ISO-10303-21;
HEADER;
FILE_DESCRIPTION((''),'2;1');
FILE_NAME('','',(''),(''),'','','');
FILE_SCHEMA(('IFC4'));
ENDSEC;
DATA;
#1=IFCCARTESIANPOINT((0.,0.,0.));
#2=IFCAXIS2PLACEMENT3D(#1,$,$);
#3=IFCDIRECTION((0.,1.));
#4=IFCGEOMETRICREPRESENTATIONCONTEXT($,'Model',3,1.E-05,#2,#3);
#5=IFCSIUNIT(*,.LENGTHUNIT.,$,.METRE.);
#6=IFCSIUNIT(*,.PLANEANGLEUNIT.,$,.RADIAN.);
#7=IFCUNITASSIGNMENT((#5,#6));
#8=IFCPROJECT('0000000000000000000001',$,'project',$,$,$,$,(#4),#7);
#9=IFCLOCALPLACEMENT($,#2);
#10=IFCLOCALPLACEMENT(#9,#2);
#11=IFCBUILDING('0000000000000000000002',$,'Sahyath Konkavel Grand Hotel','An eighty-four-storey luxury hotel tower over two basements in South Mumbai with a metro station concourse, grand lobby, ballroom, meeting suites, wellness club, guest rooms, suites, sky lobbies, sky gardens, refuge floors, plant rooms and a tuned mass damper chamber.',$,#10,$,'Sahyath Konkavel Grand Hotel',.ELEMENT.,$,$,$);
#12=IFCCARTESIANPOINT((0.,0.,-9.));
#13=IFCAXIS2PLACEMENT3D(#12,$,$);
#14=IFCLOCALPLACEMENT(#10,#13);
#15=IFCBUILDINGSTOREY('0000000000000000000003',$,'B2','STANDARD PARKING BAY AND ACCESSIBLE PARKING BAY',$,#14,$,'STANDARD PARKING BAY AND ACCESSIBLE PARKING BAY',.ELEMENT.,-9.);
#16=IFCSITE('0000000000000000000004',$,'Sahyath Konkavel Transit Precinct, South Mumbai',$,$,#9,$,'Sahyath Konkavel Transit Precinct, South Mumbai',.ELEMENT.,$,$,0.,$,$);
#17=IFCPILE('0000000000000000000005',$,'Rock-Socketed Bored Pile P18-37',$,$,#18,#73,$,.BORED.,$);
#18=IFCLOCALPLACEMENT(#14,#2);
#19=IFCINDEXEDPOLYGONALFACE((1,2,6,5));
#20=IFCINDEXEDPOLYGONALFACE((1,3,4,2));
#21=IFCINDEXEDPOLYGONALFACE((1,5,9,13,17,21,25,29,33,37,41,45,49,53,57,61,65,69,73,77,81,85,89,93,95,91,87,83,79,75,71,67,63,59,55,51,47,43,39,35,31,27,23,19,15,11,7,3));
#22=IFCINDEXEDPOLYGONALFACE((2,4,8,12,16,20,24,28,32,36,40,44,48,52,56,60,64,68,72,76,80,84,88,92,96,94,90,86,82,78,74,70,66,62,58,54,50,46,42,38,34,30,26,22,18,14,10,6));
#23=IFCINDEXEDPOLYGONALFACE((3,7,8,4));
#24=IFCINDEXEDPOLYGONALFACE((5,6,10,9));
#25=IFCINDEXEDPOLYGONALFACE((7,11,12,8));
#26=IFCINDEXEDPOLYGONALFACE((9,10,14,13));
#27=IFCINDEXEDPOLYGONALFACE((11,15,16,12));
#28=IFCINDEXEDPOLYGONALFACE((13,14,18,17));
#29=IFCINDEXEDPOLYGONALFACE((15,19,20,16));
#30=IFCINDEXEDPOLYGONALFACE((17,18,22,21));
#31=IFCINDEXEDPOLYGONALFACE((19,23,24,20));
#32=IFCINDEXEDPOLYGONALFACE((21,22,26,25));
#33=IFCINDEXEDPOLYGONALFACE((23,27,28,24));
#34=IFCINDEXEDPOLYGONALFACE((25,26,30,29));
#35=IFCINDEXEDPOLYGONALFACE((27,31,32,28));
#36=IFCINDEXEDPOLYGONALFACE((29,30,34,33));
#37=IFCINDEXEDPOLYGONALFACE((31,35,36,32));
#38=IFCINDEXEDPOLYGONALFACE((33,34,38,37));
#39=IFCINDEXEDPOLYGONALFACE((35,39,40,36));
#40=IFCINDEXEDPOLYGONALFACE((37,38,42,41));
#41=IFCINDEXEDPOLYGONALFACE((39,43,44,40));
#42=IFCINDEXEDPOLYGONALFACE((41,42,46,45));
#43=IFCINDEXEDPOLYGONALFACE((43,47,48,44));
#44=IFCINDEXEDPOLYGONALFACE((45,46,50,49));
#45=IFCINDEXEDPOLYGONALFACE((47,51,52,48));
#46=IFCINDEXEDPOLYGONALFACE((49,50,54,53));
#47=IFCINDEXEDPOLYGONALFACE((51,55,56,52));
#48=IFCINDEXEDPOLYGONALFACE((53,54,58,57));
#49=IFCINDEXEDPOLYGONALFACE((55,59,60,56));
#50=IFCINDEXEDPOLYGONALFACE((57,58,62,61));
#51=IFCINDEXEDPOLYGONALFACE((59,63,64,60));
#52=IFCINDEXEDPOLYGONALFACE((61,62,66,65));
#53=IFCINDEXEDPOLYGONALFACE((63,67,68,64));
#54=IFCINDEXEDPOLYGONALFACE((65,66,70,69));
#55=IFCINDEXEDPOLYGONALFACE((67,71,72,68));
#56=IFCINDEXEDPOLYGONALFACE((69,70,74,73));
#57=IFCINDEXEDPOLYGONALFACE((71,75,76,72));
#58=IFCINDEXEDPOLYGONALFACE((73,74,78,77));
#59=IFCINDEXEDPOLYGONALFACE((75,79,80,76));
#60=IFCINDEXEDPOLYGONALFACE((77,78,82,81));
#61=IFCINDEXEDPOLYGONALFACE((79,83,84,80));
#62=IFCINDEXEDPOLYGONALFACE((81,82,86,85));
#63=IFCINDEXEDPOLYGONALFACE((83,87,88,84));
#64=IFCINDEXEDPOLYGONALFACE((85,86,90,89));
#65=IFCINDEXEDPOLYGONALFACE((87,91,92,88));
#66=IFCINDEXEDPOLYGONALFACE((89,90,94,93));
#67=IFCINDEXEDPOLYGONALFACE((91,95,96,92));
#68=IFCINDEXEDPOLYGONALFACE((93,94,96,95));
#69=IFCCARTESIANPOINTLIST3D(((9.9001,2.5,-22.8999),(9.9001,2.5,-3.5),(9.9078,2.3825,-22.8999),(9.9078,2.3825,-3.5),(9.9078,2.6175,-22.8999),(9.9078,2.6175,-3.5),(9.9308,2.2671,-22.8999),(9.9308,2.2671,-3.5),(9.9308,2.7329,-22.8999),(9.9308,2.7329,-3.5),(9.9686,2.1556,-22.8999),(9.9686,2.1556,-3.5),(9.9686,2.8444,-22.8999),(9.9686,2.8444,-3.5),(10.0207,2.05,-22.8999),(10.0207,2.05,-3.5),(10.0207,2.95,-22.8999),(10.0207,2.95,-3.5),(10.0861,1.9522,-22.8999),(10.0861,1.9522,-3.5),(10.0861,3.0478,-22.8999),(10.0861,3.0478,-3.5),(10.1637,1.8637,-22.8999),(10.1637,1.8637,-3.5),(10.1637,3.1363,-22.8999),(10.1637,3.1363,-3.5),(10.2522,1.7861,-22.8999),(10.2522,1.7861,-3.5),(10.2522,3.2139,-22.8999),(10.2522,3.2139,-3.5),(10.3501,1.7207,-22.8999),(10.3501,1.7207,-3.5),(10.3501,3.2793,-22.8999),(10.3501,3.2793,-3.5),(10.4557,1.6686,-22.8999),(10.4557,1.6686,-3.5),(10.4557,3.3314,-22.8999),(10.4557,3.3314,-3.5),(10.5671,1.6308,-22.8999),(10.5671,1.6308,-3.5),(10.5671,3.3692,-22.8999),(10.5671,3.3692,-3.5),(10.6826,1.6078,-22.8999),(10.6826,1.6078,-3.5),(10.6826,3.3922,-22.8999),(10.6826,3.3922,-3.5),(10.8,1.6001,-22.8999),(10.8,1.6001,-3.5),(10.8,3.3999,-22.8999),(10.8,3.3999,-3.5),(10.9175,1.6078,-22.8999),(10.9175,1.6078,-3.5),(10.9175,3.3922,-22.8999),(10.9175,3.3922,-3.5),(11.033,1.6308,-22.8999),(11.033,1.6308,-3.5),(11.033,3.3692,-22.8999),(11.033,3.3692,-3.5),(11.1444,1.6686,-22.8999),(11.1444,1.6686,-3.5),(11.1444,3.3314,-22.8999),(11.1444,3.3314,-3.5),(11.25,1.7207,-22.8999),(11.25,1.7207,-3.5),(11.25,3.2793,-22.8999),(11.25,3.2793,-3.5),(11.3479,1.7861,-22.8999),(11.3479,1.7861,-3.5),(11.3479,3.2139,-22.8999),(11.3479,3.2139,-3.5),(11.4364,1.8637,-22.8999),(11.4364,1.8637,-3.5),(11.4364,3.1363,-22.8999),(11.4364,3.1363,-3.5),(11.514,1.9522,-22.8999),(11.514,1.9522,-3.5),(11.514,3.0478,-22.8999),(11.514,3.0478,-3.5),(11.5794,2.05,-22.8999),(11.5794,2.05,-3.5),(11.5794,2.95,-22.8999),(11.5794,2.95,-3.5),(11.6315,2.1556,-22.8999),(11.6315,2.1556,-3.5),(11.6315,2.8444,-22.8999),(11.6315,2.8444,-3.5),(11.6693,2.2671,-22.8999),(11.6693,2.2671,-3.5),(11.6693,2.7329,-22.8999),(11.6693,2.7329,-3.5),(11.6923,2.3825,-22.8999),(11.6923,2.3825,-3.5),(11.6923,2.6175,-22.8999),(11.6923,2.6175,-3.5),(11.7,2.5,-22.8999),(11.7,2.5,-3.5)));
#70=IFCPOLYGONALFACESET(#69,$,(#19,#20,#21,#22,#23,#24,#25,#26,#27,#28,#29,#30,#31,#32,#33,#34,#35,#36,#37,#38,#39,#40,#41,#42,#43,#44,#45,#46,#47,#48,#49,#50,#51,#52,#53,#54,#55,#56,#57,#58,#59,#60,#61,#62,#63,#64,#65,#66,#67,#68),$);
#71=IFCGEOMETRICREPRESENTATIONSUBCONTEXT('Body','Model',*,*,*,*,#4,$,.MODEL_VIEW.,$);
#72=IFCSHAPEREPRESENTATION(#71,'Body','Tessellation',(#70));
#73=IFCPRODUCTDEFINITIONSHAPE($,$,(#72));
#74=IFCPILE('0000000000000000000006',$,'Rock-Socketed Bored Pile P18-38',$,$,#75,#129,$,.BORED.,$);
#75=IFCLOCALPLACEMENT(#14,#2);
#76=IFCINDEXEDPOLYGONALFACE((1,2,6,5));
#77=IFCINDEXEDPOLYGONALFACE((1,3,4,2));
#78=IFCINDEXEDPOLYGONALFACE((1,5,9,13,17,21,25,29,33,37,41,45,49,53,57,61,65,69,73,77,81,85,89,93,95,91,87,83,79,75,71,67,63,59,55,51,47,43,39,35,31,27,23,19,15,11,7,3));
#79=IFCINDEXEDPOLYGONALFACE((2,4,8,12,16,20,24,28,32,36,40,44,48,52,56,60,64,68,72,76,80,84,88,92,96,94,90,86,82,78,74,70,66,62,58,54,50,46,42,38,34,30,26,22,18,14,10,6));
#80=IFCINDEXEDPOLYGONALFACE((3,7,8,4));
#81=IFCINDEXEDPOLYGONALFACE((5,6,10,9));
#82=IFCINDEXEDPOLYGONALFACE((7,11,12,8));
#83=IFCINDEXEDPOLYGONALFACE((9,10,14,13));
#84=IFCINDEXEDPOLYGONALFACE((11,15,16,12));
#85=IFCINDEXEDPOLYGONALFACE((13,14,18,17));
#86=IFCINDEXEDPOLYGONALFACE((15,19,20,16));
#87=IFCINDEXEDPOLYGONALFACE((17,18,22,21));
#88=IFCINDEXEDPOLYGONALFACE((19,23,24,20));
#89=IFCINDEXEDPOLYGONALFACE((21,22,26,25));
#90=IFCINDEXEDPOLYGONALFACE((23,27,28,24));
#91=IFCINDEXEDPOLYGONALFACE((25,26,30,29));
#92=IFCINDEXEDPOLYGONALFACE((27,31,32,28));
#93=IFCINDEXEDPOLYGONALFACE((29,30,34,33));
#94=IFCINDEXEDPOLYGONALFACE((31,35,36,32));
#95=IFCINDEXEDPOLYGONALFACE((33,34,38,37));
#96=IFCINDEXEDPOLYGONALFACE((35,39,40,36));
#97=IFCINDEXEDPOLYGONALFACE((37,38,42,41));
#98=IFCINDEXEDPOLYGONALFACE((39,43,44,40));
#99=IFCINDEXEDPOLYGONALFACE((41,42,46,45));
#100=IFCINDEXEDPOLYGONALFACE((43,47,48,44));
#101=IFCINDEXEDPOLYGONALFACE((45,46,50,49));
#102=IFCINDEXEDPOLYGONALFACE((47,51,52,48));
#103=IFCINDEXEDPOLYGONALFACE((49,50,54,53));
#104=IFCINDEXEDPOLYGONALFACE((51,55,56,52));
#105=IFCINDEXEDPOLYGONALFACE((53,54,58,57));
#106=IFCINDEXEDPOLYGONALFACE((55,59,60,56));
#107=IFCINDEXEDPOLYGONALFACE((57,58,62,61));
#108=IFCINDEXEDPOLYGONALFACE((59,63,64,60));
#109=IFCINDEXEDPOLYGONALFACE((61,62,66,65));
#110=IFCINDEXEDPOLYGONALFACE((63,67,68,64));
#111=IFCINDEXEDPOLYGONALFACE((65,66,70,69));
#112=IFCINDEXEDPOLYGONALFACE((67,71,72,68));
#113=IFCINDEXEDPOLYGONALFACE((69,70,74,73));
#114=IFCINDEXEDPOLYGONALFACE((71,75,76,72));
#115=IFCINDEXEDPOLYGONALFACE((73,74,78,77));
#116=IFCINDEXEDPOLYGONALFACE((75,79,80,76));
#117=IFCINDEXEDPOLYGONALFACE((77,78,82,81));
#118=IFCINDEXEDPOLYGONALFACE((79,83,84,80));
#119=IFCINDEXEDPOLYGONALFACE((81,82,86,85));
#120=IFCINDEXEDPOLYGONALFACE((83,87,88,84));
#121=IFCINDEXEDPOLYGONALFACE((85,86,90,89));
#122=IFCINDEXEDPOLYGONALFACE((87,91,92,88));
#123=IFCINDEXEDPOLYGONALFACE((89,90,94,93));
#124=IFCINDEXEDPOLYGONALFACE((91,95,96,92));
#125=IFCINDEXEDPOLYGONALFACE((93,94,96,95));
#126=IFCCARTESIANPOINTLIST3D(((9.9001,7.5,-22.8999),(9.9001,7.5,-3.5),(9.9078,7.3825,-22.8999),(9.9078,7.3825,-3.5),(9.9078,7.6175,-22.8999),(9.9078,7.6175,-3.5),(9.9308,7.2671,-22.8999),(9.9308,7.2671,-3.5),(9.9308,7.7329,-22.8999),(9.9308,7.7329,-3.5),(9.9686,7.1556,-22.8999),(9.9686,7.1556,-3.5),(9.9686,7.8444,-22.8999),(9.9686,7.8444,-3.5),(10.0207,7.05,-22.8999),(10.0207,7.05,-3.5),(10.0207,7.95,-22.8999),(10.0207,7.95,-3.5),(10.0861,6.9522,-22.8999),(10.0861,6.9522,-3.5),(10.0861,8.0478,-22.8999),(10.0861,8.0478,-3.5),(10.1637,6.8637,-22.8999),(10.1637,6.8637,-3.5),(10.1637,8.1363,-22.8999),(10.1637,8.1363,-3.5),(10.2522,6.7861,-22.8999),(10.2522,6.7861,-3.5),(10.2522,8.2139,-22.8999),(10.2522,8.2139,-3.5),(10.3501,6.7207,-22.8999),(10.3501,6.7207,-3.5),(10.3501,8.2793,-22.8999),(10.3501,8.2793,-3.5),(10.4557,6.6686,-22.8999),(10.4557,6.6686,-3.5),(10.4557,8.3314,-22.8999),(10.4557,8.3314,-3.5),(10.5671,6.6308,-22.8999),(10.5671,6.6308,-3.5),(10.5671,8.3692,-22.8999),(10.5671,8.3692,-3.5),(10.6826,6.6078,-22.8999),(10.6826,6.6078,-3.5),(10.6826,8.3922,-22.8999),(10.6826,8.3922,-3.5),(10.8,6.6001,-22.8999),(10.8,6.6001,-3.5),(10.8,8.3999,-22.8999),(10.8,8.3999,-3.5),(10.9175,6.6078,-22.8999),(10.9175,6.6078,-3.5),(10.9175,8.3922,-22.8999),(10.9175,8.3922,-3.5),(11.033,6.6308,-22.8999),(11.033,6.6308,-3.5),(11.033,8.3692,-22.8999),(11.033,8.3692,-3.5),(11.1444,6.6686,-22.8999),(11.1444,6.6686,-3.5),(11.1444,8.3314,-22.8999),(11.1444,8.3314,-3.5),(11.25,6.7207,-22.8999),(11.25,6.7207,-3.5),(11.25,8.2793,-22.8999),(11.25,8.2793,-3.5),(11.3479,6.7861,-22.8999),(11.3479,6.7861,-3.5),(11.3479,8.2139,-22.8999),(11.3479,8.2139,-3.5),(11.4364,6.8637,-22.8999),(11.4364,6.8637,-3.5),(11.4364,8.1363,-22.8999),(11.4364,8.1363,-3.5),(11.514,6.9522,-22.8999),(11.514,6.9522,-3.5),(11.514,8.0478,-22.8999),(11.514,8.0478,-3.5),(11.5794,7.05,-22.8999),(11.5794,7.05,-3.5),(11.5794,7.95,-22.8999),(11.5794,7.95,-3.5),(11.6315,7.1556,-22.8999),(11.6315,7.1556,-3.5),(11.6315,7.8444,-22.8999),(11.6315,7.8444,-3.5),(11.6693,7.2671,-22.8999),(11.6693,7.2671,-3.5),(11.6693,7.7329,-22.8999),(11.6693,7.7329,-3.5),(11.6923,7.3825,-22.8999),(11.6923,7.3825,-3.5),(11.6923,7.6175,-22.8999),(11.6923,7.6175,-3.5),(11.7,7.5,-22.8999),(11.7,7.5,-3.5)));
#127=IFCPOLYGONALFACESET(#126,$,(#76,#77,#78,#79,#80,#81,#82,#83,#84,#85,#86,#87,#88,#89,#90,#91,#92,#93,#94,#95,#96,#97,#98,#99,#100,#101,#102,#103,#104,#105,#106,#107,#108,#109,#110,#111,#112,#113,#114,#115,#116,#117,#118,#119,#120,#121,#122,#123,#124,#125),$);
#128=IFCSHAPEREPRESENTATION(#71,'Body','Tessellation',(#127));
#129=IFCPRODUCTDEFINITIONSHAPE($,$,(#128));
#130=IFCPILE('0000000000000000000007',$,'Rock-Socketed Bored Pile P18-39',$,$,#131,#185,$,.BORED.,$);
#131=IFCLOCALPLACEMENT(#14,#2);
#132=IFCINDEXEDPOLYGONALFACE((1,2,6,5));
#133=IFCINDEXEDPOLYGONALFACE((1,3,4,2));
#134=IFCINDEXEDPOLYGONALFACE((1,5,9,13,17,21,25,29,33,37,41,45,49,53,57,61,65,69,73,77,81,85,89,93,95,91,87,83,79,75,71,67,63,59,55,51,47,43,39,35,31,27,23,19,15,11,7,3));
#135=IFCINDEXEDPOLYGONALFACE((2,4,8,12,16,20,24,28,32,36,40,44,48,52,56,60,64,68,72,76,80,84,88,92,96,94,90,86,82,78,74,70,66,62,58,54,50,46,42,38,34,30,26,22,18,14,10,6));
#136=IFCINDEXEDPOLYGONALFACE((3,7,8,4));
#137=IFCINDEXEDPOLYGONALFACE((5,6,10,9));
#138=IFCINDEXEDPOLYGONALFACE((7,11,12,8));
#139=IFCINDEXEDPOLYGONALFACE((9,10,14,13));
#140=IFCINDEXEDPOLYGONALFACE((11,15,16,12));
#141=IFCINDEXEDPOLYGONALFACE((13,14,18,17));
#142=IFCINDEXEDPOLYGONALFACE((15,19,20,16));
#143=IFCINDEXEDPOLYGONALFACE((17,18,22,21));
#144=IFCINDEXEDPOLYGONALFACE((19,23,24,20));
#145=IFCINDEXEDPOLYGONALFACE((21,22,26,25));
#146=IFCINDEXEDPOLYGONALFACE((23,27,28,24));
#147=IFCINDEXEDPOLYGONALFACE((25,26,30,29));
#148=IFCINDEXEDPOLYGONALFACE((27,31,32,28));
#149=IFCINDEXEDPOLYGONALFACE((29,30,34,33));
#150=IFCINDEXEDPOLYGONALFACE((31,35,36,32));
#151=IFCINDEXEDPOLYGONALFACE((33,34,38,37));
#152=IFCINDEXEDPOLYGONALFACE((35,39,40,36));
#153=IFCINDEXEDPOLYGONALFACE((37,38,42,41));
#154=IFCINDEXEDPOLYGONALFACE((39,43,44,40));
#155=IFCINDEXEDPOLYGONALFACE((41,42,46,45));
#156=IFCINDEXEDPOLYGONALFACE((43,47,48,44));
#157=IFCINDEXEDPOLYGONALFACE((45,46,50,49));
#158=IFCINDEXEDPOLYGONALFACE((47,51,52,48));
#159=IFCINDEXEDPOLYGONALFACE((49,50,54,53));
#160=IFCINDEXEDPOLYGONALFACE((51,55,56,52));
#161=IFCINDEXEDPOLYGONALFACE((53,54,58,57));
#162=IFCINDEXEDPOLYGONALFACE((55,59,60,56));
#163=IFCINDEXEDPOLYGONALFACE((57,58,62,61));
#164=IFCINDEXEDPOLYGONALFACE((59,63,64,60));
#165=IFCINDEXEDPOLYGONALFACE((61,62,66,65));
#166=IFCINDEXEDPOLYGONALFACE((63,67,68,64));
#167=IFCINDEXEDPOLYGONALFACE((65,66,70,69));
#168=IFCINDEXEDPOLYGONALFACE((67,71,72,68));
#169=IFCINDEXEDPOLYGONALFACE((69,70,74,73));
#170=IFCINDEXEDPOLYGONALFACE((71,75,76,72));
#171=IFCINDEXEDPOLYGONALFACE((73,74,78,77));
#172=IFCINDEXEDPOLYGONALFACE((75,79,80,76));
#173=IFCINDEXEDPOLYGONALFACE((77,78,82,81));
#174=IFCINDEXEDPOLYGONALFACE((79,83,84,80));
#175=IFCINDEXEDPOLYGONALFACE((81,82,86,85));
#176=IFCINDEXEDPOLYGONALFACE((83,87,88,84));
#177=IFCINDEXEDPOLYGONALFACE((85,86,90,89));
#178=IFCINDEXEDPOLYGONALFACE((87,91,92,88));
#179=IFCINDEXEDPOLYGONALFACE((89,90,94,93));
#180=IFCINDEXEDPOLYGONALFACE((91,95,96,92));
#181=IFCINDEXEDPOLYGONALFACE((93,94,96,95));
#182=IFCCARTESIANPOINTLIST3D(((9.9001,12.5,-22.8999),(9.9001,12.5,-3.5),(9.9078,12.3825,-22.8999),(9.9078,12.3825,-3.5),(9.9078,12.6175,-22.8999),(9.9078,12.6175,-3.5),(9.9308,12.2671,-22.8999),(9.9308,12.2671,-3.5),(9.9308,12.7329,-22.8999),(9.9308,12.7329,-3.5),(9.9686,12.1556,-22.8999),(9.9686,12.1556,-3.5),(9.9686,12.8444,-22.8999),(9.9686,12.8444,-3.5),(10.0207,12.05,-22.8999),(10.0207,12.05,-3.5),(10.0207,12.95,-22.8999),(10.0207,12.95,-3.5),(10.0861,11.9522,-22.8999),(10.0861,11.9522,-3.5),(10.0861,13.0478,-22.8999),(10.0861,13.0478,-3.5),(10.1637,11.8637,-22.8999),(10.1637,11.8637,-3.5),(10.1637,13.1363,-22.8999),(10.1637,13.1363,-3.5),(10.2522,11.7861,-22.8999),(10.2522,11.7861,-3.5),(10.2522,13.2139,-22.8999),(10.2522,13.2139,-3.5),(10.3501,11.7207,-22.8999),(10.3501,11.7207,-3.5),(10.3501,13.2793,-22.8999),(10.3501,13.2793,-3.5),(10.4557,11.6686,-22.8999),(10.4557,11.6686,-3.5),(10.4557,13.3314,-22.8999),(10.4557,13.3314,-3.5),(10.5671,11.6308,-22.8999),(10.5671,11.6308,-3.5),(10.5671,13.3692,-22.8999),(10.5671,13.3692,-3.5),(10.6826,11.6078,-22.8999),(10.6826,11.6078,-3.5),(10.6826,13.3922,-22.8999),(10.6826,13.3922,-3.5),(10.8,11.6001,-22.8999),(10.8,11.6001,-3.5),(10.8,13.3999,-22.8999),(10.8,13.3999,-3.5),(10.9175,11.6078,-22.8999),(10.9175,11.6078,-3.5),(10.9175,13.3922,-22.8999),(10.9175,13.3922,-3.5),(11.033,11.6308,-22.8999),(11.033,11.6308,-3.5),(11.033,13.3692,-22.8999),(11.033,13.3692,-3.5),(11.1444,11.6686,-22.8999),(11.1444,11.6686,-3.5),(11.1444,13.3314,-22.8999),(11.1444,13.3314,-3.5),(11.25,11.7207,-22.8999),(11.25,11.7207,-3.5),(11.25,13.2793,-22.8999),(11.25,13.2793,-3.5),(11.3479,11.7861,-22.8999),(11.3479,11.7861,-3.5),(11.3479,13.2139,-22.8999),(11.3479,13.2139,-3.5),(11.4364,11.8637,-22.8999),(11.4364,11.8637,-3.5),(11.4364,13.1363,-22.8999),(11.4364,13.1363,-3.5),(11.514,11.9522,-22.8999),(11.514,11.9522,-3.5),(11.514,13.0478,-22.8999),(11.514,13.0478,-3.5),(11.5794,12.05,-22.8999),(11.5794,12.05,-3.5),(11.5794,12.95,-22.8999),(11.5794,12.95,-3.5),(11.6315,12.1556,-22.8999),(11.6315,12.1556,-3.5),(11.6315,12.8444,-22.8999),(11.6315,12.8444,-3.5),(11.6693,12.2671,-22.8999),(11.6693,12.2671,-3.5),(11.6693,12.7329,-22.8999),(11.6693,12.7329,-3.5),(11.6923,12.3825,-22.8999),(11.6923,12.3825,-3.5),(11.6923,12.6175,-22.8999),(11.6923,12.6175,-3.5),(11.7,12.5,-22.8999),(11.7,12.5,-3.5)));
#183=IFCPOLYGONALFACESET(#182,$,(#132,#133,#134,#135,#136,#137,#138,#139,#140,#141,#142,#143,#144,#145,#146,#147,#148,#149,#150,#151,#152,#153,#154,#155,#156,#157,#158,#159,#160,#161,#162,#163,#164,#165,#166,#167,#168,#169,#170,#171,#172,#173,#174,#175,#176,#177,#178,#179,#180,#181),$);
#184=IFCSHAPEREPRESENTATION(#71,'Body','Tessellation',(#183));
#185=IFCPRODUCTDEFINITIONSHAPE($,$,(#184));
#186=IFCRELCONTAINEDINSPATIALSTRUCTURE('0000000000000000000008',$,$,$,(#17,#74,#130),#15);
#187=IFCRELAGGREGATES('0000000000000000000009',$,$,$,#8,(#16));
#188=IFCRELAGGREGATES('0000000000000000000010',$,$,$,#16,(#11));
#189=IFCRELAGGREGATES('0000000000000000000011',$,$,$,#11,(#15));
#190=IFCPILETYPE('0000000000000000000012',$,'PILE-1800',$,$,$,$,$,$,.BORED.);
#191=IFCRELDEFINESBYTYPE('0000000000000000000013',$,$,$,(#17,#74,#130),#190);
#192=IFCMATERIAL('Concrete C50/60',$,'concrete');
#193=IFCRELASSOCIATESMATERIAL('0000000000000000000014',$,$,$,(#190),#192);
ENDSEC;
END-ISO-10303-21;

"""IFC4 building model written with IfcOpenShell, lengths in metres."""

from ifc_helpers import new_model, si_unit, direction, frame, origin, origin_2d, place, context, subcontext, project, spatial, circle, extrude, material, material_profile, profile_set, type_object, element, save


model = new_model("IFC4")

# Units and contexts
model_context = context("Model", 3, precision=1e-05, world=origin(), true_north=direction((0.0, 1.0)))
body_context = subcontext(model_context, "Body", "Model", "MODEL_VIEW")
ifc_project = project(units=[si_unit("LENGTHUNIT", "METRE"), si_unit("PLANEANGLEUNIT", "RADIAN")], contexts=[model_context])

# Site, building, storey
site_placement = place(None, origin())
site = spatial("IfcSite", under=ifc_project, at=site_placement, Name="Sahyath Konkavel Transit Precinct, South Mumbai", LongName="Sahyath Konkavel Transit Precinct, South Mumbai", CompositionType="ELEMENT", RefElevation=0.0)
building_placement = place(site_placement, origin())
building = spatial("IfcBuilding", under=site, at=building_placement, Name="Sahyath Konkavel Grand Hotel", Description="An eighty-four-storey luxury hotel tower over two basements in South Mumbai with a metro station concourse, grand lobby, ballroom, meeting suites, wellness club, guest rooms, suites, sky lobbies, sky gardens, refuge floors, plant rooms and a tuned mass damper chamber.", LongName="Sahyath Konkavel Grand Hotel", CompositionType="ELEMENT")
storey_placement = place(building_placement, frame((0.0, 0.0, -9.0)))
storey = spatial("IfcBuildingStorey", under=building, at=storey_placement, Name="B2", Description="STANDARD PARKING BAY AND ACCESSIBLE PARKING BAY", LongName="STANDARD PARKING BAY AND ACCESSIBLE PARKING BAY", CompositionType="ELEMENT", Elevation=-9.0)

# Piles
ifc_material_1 = material(Name="Concrete C50/60", Category="concrete")
ifc_material_profile_1 = material_profile(ifc_material_1, circle(Radius=0.8999, at=origin_2d()), Name="PILE D1800")
ifc_profile_set_1 = profile_set([ifc_material_profile_1], Name="Concrete C50/60")
pile_type_1 = type_object("IfcPileType", Name="PILE-1800", PredefinedType="BORED", material=ifc_profile_set_1)
for number, where, z_axis, x_axis, name in (
    (1, (10.8, 2.5, -3.5), (0.0, 0.0, -1.0), (1.0, 0.0, 0.0), "Rock-Socketed Bored Pile P18-37"),
    (2, (10.8, 7.5, -3.5), (0.0, 0.0, -1.0), (1.0, 0.0, 0.0), "Rock-Socketed Bored Pile P18-38"),
    (3, (10.8, 12.5, -3.5), (0.0, 0.0, -1.0), (1.0, 0.0, 0.0), "Rock-Socketed Bored Pile P18-39"),
):
    element("IfcPile", number, at=place(storey_placement, frame(where, z_axis=z_axis, x_axis=x_axis)), inside=storey, type_object=pile_type_1, Name=name, PredefinedType="BORED", context=body_context, shape_type="SweptSolid", body=[
        extrude(circle(Radius=0.8999, at=origin_2d()), origin(), (0.0, 0.0, 1.0), 19.3999),
    ])

save(model, "model.ifc")
